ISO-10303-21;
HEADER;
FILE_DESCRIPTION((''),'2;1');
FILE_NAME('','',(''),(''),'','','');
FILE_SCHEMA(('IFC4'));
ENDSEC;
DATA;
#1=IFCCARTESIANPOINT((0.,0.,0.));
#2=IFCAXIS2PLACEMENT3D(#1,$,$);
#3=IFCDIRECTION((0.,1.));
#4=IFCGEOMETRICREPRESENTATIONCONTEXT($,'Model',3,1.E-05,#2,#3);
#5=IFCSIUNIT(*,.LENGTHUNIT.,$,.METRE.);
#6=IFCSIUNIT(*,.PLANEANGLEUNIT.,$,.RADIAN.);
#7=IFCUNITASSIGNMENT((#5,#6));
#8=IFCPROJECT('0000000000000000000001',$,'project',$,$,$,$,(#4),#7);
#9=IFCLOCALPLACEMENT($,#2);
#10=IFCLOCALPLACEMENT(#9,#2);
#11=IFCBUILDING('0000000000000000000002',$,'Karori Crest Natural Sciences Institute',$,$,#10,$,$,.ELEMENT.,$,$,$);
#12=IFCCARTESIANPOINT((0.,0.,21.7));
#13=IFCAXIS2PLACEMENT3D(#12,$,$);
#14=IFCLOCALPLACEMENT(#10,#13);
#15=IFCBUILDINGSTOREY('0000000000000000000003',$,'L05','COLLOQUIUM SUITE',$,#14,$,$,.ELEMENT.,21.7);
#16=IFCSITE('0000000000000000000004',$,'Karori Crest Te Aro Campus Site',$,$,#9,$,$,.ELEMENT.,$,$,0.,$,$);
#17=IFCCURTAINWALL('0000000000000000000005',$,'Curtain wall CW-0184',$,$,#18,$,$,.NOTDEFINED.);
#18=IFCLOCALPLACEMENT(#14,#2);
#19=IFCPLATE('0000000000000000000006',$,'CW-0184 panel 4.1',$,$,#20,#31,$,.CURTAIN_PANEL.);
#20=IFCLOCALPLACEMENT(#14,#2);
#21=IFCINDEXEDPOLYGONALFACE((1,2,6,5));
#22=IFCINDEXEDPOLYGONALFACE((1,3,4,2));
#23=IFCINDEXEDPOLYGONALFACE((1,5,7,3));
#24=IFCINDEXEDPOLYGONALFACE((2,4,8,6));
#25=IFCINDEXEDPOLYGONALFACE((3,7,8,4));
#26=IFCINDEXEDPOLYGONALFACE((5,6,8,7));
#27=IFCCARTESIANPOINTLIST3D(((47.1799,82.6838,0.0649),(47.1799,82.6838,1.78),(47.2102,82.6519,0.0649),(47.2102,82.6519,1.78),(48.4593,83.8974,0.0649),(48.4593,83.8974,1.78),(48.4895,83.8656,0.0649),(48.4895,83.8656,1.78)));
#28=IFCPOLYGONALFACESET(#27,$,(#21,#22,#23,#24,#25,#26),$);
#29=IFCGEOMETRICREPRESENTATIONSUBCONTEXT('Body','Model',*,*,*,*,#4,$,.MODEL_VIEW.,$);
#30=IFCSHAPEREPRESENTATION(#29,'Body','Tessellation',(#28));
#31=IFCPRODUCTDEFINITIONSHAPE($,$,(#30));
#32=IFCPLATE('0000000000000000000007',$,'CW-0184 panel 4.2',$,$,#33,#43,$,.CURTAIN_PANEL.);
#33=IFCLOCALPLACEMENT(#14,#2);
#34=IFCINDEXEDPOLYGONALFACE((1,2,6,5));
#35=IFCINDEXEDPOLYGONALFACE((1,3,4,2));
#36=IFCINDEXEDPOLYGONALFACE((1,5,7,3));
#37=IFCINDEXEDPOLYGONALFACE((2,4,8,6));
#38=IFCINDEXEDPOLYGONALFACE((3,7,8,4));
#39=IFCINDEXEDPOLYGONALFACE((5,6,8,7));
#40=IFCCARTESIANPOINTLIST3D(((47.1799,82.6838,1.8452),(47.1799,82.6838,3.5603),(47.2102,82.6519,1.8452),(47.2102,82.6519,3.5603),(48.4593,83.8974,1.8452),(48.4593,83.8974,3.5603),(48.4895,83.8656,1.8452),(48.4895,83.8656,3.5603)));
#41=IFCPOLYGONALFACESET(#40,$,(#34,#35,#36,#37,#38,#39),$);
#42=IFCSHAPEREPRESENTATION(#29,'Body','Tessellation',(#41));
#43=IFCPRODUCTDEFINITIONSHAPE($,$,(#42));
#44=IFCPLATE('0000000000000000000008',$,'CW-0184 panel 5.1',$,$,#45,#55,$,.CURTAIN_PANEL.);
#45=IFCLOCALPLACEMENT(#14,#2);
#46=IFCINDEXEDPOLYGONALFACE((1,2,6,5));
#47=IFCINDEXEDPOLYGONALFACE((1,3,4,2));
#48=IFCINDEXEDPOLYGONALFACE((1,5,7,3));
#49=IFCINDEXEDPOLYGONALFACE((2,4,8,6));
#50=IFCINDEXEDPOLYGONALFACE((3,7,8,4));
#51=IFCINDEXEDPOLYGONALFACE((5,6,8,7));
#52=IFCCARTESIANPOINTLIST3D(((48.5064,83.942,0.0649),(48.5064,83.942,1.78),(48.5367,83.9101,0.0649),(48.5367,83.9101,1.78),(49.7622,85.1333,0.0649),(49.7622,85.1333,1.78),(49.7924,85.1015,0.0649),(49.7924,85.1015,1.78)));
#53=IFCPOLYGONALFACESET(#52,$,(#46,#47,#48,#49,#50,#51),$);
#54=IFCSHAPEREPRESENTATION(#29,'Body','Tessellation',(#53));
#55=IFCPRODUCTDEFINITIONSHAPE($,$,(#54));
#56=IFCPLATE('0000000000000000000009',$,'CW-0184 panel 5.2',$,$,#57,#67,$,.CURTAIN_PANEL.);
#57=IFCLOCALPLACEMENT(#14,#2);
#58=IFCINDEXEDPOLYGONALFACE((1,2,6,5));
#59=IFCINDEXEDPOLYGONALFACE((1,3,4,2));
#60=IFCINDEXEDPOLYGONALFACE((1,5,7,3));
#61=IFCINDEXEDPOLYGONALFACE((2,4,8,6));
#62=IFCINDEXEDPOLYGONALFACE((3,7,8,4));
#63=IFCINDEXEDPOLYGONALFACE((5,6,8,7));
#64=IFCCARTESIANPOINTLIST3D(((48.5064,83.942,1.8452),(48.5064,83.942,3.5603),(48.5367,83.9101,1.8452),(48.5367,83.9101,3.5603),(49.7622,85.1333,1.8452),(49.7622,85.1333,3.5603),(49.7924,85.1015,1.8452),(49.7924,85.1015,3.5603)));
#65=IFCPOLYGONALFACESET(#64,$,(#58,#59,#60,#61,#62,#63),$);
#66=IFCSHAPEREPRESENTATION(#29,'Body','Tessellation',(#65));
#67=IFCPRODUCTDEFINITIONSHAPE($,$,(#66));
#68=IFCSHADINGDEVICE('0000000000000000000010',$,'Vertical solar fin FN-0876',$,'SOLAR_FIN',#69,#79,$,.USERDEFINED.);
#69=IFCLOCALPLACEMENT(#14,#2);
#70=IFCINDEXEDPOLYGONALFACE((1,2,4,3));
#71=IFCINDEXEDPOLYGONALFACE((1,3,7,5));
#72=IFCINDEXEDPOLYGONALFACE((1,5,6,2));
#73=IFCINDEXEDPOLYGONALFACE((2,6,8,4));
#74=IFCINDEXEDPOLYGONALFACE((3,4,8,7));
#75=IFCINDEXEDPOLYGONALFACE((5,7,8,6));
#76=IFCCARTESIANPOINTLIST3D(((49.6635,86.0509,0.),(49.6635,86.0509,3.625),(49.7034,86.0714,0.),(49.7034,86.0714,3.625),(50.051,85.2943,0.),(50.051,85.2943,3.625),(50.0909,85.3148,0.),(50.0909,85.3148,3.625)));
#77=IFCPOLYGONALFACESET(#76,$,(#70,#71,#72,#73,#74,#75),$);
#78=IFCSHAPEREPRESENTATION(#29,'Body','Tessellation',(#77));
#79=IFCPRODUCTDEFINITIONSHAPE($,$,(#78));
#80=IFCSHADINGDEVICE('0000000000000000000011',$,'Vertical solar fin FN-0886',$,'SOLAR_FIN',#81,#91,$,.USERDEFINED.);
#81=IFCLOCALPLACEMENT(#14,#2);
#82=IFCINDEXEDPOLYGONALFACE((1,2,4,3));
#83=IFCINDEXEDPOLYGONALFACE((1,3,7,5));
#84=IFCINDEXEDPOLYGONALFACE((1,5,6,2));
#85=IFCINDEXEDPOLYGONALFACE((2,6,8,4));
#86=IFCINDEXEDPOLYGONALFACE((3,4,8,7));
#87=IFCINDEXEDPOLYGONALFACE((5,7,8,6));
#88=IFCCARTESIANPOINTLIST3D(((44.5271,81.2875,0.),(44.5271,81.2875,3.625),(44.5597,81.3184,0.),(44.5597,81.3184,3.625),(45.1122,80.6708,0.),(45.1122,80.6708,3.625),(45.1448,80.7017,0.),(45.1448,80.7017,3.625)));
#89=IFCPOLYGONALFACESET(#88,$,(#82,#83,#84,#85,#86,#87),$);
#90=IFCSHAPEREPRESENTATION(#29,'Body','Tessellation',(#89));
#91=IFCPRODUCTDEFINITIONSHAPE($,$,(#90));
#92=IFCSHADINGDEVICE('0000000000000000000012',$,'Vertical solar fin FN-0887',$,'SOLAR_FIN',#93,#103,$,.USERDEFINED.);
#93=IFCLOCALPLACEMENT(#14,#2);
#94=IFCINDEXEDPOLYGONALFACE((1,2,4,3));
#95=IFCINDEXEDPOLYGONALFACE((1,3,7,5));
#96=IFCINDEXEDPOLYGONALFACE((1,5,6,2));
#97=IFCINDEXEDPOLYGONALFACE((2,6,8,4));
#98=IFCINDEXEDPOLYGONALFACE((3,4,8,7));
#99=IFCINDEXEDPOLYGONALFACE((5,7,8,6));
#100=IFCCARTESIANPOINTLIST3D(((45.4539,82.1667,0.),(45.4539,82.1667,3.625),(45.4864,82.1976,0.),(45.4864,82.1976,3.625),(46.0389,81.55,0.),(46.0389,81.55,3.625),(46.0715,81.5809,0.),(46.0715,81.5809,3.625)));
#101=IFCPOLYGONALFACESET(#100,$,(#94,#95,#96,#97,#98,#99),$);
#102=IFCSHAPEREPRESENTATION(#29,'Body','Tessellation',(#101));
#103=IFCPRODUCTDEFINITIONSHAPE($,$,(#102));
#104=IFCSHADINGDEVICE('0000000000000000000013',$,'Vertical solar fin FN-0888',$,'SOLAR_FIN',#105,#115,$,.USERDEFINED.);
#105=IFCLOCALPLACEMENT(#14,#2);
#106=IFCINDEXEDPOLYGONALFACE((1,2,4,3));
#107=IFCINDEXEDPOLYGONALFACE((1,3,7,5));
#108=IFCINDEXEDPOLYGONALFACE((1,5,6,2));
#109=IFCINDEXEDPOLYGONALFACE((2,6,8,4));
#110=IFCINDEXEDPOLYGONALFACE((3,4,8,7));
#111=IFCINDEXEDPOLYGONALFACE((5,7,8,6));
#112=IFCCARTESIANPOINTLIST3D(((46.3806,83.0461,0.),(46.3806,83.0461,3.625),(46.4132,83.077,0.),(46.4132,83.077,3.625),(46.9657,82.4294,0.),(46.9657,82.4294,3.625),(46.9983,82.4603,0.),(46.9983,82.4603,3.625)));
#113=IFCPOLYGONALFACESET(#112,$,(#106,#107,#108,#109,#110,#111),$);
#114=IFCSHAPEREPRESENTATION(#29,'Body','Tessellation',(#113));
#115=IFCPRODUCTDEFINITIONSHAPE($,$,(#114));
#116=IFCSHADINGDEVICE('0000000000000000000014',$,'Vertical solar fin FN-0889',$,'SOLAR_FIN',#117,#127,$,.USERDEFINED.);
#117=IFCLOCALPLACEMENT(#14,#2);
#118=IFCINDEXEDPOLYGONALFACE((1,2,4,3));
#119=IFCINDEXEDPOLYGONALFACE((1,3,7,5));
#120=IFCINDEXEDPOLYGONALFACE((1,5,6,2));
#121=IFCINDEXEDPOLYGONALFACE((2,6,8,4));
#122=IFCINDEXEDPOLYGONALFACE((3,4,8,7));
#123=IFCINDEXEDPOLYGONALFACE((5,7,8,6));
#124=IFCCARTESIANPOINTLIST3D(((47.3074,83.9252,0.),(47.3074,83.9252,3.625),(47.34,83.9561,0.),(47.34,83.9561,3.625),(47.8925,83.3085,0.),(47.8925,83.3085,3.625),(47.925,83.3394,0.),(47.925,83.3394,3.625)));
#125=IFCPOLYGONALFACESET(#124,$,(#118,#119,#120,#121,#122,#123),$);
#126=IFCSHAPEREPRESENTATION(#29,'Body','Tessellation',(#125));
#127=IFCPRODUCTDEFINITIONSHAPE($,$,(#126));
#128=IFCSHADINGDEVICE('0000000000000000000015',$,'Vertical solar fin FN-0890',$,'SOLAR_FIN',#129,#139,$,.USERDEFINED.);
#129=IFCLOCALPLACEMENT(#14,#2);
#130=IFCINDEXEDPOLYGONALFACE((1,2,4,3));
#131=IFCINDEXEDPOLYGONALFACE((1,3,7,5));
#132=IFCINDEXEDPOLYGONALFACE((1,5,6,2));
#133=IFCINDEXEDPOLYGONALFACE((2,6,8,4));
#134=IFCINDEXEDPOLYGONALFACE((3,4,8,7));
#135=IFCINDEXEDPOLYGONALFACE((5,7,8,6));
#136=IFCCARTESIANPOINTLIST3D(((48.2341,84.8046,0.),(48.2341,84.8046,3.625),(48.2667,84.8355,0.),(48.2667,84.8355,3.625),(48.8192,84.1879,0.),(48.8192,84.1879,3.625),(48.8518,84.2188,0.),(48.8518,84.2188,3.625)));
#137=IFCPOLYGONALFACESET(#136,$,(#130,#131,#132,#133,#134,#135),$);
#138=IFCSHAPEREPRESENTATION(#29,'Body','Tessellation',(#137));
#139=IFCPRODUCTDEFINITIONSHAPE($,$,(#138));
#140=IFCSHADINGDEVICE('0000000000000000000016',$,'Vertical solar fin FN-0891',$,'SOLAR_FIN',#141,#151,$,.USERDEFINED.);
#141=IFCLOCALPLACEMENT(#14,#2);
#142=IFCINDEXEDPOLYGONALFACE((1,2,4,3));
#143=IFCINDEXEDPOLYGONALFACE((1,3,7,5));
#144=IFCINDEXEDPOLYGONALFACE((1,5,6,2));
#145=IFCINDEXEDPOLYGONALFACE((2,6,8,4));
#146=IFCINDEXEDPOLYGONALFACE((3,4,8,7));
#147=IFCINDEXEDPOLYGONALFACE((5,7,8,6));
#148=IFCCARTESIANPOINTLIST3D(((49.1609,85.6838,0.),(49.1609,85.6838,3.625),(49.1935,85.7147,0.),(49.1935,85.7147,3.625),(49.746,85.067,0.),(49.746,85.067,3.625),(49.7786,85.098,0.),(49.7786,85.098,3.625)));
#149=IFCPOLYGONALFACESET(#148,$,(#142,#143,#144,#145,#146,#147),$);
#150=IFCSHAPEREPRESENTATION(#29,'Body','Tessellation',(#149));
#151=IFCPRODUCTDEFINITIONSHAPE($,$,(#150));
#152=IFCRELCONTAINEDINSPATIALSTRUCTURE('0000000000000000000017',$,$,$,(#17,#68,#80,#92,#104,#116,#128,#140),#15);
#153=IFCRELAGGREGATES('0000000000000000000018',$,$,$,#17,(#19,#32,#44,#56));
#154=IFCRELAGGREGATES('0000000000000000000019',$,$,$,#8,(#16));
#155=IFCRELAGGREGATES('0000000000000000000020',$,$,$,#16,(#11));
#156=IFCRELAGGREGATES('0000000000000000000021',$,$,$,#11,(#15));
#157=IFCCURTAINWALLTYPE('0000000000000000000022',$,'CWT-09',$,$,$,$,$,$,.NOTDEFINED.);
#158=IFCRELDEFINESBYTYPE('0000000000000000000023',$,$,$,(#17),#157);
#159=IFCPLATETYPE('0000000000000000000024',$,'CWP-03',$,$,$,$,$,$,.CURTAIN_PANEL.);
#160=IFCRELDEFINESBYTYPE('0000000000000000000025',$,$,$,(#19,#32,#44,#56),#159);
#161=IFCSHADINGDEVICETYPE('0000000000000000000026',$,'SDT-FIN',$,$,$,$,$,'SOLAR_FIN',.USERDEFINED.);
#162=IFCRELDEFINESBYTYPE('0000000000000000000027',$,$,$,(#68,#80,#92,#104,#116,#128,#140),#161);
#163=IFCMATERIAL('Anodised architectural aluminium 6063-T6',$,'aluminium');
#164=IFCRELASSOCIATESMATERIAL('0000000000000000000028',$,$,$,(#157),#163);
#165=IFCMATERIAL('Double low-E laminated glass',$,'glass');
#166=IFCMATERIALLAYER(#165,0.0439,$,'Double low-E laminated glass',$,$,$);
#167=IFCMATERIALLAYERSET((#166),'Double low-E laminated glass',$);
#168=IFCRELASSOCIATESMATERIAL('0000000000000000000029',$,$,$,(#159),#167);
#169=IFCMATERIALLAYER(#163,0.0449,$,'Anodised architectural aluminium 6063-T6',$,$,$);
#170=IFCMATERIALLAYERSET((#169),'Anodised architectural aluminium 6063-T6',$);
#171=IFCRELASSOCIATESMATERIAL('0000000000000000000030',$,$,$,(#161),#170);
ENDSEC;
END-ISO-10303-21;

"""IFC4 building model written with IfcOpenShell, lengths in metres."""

from ifc_helpers import new_model, si_unit, direction, frame, origin, origin_2d, place, context, subcontext, project, spatial, rectangle, extrude, material, layer, layer_set, type_object, element, aggregate, save


model = new_model("IFC4")

# Units and contexts
model_context = context("Model", 3, precision=1e-05, world=origin(), true_north=direction((0.0, 1.0)))
body_context = subcontext(model_context, "Body", "Model", "MODEL_VIEW")
ifc_project = project(units=[si_unit("LENGTHUNIT", "METRE"), si_unit("PLANEANGLEUNIT", "RADIAN")], contexts=[model_context])

# Site, building, storey
site_placement = place(None, origin())
site = spatial("IfcSite", under=ifc_project, at=site_placement, Name="Karori Crest Te Aro Campus Site", CompositionType="ELEMENT", RefElevation=0.0)
building_placement = place(site_placement, origin())
building = spatial("IfcBuilding", under=site, at=building_placement, Name="Karori Crest Natural Sciences Institute", CompositionType="ELEMENT")
storey_placement = place(building_placement, frame((0.0, 0.0, 21.7)))
storey = spatial("IfcBuildingStorey", under=building, at=storey_placement, Name="L05", Description="COLLOQUIUM SUITE", CompositionType="ELEMENT", Elevation=21.7)

# Shared definitions
ifc_material_1 = material(Name="Anodised architectural aluminium 6063-T6", Category="aluminium")

# Curtain wall, plates
curtain_wall_type_1 = type_object("IfcCurtainWallType", Name="CWT-09", PredefinedType="NOTDEFINED", material=ifc_material_1)
curtain_wall_1_placement = place(storey_placement, origin())
curtain_wall_1 = element("IfcCurtainWall", 1, at=curtain_wall_1_placement, inside=storey, type_object=curtain_wall_type_1, Name="Curtain wall CW-0184", PredefinedType="NOTDEFINED")
ifc_material_2 = material(Name="Double low-E laminated glass", Category="glass")
ifc_layer_1 = layer(ifc_material_2, 0.0439, Name="Double low-E laminated glass")
ifc_layer_set_1 = layer_set([ifc_layer_1], Name="Double low-E laminated glass")
plate_type = type_object("IfcPlateType", Name="CWP-03", PredefinedType="CURTAIN_PANEL", material=ifc_layer_set_1)
plate_1_placement = place(storey_placement, frame((47.8347, 83.2747, 0.0649), z_axis=(0.0, 0.0, 1.0), x_axis=(0.725473, 0.688251, 0.0)))
plate_1 = element("IfcPlate", 2, at=plate_1_placement, type_object=plate_type, Name="CW-0184 panel 4.1", PredefinedType="CURTAIN_PANEL", context=body_context, shape_type="SweptSolid", body=[
    extrude(rectangle(XDim=1.7634, YDim=0.0439, at=origin_2d()), origin(), (0.0, 0.0, 1.0), 1.7151),
])
plate_2_placement = place(storey_placement, frame((47.8347, 83.2747, 1.8452), z_axis=(0.0, 0.0, 1.0), x_axis=(0.725473, 0.688251, 0.0)))
plate_2 = element("IfcPlate", 3, at=plate_2_placement, type_object=plate_type, Name="CW-0184 panel 4.2", PredefinedType="CURTAIN_PANEL", context=body_context, shape_type="SweptSolid", body=[
    extrude(rectangle(XDim=1.7634, YDim=0.0439, at=origin_2d()), origin(), (0.0, 0.0, 1.0), 1.7151),
])
plate_3_placement = place(storey_placement, frame((49.1494, 84.5217, 0.0649), z_axis=(0.0, 0.0, 1.0), x_axis=(0.725473, 0.688251, 0.0)))
plate_3 = element("IfcPlate", 4, at=plate_3_placement, type_object=plate_type, Name="CW-0184 panel 5.1", PredefinedType="CURTAIN_PANEL", context=body_context, shape_type="SweptSolid", body=[
    extrude(rectangle(XDim=1.731, YDim=0.0439, at=origin_2d()), origin(), (0.0, 0.0, 1.0), 1.7151),
])
plate_4_placement = place(storey_placement, frame((49.1494, 84.5217, 1.8452), z_axis=(0.0, 0.0, 1.0), x_axis=(0.725473, 0.688251, 0.0)))
plate_4 = element("IfcPlate", 5, at=plate_4_placement, type_object=plate_type, Name="CW-0184 panel 5.2", PredefinedType="CURTAIN_PANEL", context=body_context, shape_type="SweptSolid", body=[
    extrude(rectangle(XDim=1.731, YDim=0.0439, at=origin_2d()), origin(), (0.0, 0.0, 1.0), 1.7151),
])
aggregate(curtain_wall_1, [plate_1, plate_2, plate_3, plate_4])

# Shading devices
ifc_layer_2 = layer(ifc_material_1, 0.0449, Name="Anodised architectural aluminium 6063-T6")
ifc_layer_set_2 = layer_set([ifc_layer_2], Name="Anodised architectural aluminium 6063-T6")
shading_device_type = type_object("IfcShadingDeviceType", Name="SDT-FIN", ElementType="SOLAR_FIN", PredefinedType="USERDEFINED", material=ifc_layer_set_2)
for number, where, z_axis, x_axis, name in (
    (6, (49.8772, 85.6829, 0.0), (0.0, 0.0, 1.0), (-0.455829, 0.890067, 0.0), "Vertical solar fin FN-0876"),
    (7, (44.8359, 80.9946, 0.0), (0.0, 0.0, 1.0), (-0.688251, 0.725473, 0.0), "Vertical solar fin FN-0886"),
    (8, (45.7627, 81.8738, 0.0), (0.0, 0.0, 1.0), (-0.688251, 0.725473, 0.0), "Vertical solar fin FN-0887"),
    (9, (46.6895, 82.7532, 0.0), (0.0, 0.0, 1.0), (-0.688251, 0.725473, 0.0), "Vertical solar fin FN-0888"),
    (10, (47.6162, 83.6323, 0.0), (0.0, 0.0, 1.0), (-0.688251, 0.725473, 0.0), "Vertical solar fin FN-0889"),
    (11, (48.543, 84.5117, 0.0), (0.0, 0.0, 1.0), (-0.688251, 0.725473, 0.0), "Vertical solar fin FN-0890"),
    (12, (49.4697, 85.3909, 0.0), (0.0, 0.0, 1.0), (-0.688251, 0.725473, 0.0), "Vertical solar fin FN-0891"),
):
    element("IfcShadingDevice", number, at=place(storey_placement, frame(where, z_axis=z_axis, x_axis=x_axis)), inside=storey, type_object=shading_device_type, Name=name, ObjectType="SOLAR_FIN", PredefinedType="USERDEFINED", context=body_context, shape_type="SweptSolid", body=[
        extrude(rectangle(XDim=0.8501, YDim=0.0449, at=origin_2d()), origin(), (0.0, 0.0, 1.0), 3.625),
    ])

save(model, "model.ifc")
